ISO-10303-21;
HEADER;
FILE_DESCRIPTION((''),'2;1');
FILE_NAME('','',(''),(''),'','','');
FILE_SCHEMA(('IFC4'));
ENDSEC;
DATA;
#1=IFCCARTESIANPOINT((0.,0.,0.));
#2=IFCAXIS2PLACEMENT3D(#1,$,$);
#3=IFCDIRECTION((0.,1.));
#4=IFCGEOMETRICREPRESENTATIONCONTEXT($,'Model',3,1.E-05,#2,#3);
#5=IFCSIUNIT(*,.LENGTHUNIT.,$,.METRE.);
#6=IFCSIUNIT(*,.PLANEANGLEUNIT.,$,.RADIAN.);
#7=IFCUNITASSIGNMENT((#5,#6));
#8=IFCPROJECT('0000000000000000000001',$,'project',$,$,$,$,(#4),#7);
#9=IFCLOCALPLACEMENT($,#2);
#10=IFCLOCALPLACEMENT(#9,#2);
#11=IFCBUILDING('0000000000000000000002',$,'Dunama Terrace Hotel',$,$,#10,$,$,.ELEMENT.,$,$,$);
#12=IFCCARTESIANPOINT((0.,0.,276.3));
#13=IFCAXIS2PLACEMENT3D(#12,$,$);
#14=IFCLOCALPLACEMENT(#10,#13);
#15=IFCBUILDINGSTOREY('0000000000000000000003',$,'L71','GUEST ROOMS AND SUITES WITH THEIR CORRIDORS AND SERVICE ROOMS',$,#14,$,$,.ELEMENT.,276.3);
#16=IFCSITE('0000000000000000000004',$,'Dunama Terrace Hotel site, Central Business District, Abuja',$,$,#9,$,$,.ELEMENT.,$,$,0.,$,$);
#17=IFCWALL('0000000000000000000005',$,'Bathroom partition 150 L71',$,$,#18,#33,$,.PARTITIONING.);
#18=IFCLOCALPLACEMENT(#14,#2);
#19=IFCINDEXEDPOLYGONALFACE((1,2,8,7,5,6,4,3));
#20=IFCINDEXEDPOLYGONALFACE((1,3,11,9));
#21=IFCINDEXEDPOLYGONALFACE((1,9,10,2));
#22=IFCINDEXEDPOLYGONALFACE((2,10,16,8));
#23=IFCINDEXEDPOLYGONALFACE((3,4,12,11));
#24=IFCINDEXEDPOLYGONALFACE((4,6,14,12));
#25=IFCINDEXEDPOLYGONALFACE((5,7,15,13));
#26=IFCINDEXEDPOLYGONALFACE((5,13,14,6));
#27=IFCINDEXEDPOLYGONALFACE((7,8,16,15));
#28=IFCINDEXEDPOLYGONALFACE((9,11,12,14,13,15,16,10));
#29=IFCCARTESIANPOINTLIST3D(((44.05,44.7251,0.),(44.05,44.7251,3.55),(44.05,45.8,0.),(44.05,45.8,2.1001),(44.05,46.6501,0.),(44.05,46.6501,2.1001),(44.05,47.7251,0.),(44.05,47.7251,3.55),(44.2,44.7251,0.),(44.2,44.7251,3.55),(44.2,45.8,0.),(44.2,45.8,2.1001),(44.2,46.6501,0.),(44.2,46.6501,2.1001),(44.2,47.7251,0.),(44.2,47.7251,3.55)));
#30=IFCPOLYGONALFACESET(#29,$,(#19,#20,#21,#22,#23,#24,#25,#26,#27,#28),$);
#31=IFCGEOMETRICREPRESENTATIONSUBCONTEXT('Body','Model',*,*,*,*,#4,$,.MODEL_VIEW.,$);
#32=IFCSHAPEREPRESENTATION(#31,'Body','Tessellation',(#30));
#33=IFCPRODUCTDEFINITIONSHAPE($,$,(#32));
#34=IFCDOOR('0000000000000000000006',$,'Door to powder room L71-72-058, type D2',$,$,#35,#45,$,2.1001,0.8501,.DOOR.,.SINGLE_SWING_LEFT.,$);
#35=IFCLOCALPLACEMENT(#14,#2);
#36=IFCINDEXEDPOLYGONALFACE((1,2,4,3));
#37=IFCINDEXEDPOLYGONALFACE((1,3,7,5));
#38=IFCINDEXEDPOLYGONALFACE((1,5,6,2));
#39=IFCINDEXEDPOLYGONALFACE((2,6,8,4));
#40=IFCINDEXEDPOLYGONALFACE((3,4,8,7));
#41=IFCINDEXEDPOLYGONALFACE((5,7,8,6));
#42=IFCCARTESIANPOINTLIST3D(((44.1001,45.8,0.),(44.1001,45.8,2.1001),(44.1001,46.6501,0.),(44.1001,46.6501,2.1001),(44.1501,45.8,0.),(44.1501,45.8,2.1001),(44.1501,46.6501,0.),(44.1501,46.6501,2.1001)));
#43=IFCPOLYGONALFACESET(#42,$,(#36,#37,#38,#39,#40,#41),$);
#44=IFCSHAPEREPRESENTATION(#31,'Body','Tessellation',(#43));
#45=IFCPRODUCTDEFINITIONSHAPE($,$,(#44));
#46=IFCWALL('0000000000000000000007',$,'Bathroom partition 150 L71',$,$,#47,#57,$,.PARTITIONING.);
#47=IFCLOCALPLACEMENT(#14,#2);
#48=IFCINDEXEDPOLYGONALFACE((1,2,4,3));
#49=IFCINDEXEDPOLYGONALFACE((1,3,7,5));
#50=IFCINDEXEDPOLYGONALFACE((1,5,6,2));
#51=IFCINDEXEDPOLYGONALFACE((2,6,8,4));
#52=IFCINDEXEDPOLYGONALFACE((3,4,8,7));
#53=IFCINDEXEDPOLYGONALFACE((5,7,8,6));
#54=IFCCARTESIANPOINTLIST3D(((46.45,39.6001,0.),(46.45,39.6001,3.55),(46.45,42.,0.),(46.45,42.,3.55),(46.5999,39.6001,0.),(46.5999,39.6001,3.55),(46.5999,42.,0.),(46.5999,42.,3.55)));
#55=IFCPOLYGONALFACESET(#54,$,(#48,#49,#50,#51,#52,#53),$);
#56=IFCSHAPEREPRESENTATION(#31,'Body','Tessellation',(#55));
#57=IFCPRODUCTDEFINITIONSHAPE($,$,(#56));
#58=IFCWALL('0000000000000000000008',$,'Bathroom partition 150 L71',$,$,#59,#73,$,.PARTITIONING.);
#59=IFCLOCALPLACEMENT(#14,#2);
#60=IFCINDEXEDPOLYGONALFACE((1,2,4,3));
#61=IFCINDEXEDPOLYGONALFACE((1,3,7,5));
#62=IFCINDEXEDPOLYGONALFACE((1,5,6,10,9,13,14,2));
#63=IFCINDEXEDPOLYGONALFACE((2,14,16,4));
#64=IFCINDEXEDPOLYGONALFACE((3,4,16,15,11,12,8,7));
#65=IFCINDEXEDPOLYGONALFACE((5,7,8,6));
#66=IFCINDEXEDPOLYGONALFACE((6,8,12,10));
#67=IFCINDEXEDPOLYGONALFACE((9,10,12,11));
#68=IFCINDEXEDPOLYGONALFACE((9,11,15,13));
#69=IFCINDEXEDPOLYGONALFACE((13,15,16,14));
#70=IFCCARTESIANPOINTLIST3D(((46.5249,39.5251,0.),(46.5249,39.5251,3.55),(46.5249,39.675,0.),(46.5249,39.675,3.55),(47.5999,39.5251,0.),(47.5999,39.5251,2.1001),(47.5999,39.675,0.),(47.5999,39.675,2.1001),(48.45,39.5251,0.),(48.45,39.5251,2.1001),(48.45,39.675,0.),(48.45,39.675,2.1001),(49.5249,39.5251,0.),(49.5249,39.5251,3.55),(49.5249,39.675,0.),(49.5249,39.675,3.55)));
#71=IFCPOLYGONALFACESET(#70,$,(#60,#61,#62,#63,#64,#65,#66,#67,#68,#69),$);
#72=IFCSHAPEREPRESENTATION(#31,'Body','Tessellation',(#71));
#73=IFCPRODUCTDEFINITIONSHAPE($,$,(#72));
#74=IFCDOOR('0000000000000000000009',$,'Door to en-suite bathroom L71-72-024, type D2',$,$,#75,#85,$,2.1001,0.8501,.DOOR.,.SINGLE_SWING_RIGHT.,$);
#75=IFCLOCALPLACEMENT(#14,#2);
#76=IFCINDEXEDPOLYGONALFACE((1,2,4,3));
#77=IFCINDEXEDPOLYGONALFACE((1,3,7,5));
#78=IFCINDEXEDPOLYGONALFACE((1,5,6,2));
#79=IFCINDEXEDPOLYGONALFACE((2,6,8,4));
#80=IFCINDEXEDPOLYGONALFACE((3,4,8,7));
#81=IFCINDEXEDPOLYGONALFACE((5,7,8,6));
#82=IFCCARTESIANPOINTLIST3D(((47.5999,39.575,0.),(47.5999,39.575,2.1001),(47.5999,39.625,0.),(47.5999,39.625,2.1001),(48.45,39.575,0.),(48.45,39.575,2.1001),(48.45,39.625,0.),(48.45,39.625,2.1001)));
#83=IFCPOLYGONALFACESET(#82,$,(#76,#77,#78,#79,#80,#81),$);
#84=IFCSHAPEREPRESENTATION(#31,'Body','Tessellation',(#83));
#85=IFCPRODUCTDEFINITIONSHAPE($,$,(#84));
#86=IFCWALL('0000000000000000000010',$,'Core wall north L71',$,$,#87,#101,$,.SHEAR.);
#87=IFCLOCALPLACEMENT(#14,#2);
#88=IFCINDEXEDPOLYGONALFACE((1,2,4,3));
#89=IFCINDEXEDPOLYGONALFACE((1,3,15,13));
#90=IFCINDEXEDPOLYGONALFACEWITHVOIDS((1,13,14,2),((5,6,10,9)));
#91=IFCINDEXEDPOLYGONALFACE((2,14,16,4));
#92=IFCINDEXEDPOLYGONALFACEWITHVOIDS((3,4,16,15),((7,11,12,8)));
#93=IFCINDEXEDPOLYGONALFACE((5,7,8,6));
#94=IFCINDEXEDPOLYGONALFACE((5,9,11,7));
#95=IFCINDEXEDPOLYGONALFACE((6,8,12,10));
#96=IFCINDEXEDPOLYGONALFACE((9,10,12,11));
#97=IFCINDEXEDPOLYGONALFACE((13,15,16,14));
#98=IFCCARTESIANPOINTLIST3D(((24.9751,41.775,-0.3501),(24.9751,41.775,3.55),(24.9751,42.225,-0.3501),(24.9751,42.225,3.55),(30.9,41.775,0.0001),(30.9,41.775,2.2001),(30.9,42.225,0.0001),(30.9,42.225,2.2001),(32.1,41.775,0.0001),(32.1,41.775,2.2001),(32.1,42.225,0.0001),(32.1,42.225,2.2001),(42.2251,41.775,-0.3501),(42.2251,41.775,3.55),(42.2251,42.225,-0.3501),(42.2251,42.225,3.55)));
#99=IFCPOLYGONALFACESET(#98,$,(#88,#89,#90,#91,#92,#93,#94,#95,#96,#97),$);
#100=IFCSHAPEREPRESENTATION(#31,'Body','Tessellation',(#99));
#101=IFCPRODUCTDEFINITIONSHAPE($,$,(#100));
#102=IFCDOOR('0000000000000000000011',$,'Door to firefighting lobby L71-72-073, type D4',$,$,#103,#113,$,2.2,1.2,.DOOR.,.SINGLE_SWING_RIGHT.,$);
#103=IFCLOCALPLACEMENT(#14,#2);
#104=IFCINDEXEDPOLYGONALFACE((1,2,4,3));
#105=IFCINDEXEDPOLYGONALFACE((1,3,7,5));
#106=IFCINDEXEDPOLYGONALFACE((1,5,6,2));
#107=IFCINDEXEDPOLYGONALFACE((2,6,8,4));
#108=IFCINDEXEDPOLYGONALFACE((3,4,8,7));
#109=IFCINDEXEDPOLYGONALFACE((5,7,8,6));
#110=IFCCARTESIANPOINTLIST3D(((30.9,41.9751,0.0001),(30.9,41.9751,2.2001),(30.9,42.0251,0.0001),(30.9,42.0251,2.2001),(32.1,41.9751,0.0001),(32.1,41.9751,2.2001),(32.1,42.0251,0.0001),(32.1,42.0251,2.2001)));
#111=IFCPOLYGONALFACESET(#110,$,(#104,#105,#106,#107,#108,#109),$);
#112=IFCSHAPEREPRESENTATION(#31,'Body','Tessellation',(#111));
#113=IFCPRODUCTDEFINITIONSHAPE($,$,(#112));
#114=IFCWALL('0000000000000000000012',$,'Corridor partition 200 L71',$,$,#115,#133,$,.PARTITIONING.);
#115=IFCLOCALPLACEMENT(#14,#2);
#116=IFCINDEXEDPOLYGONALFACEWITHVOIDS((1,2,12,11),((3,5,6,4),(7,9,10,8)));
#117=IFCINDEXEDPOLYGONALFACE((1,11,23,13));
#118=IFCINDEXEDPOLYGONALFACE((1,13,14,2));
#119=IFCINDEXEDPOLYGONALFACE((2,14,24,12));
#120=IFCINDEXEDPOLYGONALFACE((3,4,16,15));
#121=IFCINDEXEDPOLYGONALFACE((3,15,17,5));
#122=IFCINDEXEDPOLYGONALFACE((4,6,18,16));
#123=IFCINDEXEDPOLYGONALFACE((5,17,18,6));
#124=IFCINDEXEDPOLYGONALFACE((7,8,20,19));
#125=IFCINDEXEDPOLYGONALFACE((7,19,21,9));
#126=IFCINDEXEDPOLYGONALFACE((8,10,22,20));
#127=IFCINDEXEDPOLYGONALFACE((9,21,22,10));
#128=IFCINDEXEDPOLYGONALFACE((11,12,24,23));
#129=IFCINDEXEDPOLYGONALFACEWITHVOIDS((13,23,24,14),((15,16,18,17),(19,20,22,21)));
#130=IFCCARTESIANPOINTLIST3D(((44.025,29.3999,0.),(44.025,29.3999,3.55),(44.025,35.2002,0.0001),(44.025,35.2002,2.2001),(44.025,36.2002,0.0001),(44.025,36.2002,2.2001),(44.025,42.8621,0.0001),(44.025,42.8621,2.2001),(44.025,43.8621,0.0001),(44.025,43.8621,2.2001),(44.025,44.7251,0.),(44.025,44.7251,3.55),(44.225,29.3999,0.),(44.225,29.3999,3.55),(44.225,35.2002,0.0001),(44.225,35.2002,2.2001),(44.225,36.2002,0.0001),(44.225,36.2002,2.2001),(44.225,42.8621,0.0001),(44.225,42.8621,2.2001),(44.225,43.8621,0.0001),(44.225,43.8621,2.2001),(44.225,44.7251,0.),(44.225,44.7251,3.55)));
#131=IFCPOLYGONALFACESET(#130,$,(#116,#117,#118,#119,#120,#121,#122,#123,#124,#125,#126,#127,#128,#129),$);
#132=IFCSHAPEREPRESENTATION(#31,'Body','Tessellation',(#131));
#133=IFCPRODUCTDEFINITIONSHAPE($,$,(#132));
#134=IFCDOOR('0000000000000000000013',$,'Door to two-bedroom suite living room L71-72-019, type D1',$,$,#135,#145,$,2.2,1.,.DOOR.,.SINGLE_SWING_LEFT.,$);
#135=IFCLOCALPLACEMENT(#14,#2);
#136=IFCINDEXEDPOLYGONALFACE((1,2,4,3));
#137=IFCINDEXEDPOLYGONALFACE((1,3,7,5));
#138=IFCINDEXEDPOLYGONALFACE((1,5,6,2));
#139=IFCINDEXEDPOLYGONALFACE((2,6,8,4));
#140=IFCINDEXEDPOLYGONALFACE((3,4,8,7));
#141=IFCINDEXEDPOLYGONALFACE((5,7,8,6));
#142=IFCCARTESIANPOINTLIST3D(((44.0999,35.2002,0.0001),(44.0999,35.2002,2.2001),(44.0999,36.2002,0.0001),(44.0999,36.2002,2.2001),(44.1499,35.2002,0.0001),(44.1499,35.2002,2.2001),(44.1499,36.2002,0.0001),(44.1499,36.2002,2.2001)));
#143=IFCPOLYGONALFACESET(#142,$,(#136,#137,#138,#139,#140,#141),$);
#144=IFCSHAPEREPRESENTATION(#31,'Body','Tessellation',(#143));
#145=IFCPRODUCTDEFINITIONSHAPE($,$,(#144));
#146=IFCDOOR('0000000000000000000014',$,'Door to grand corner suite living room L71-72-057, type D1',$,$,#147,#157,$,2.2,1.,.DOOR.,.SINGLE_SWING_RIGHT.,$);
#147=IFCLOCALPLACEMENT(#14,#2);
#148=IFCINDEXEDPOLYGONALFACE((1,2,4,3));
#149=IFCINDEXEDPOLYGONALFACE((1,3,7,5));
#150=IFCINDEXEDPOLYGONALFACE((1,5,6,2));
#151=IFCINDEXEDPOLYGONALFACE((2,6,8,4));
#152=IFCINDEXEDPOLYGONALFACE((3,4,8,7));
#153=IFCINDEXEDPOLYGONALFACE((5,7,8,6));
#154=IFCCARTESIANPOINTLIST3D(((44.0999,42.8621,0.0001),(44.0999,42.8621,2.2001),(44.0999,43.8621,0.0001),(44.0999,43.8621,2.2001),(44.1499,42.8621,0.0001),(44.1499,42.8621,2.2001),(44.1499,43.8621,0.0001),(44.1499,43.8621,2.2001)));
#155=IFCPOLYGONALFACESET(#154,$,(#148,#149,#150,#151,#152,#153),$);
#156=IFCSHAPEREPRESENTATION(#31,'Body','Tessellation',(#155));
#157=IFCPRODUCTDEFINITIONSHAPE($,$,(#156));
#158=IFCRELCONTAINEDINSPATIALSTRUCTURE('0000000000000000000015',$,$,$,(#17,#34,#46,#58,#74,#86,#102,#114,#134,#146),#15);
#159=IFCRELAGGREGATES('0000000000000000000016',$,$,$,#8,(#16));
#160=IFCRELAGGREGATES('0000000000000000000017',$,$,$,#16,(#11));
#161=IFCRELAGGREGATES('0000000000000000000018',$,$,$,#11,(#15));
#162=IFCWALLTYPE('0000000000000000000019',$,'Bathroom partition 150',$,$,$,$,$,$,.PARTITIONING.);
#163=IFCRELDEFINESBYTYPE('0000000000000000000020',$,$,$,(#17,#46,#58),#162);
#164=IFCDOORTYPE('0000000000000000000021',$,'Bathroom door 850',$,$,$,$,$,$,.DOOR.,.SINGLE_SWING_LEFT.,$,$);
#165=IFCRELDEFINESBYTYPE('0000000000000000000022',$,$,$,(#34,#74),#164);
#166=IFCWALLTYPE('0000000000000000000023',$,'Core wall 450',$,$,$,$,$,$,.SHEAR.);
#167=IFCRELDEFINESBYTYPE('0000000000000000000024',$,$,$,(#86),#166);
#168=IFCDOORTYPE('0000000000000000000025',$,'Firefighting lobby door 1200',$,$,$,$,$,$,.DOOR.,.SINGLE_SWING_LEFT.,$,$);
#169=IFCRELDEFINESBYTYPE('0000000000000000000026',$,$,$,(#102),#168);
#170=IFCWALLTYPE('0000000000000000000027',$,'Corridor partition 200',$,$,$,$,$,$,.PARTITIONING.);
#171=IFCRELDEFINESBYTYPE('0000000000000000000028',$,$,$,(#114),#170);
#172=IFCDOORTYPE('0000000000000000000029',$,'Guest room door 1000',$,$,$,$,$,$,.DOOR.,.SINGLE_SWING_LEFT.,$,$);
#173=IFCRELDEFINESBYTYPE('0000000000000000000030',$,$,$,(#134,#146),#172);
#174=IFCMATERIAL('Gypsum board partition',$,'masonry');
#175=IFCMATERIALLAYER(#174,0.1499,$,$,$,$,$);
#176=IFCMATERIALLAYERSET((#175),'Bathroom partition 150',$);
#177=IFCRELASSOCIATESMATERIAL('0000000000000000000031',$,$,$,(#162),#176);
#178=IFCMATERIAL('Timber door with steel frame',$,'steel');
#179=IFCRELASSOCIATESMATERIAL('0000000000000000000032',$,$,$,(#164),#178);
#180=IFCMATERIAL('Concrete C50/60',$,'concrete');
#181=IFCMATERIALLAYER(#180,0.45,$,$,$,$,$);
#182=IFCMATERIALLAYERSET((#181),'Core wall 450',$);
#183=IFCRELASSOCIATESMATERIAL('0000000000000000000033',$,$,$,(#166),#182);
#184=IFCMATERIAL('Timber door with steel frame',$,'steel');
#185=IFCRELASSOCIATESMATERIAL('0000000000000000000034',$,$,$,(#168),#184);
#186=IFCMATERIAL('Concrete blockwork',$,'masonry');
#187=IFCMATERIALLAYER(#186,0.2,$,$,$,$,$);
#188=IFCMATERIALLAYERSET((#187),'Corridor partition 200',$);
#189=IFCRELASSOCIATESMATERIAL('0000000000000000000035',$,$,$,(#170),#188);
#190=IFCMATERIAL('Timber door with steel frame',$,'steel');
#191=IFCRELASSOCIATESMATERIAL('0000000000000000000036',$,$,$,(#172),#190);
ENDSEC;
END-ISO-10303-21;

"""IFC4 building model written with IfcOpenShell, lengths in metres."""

from ifc_helpers import new_model, si_unit, direction, frame, frame_2d, origin, place, context, subcontext, project, spatial, rectangle, extrude, material, layer, layer_set, type_object, element, fill, save


model = new_model("IFC4")

# Units and contexts
model_context = context("Model", 3, precision=1e-05, world=origin(), true_north=direction((0.0, 1.0)))
body_context = subcontext(model_context, "Body", "Model", "MODEL_VIEW")
ifc_project = project(units=[si_unit("LENGTHUNIT", "METRE"), si_unit("PLANEANGLEUNIT", "RADIAN")], contexts=[model_context])

# Site, building, storey
site_placement = place(None, origin())
site = spatial("IfcSite", under=ifc_project, at=site_placement, Name="Dunama Terrace Hotel site, Central Business District, Abuja", CompositionType="ELEMENT", RefElevation=0.0)
building_placement = place(site_placement, origin())
building = spatial("IfcBuilding", under=site, at=building_placement, Name="Dunama Terrace Hotel", CompositionType="ELEMENT")
storey_placement = place(building_placement, frame((0.0, 0.0, 276.3)))
storey = spatial("IfcBuildingStorey", under=building, at=storey_placement, Name="L71", Description="GUEST ROOMS AND SUITES WITH THEIR CORRIDORS AND SERVICE ROOMS", CompositionType="ELEMENT", Elevation=276.3)

# Wall, opening, door
ifc_material_1 = material(Name="Gypsum board partition", Category="masonry")
ifc_layer_1 = layer(ifc_material_1, 0.1499)
ifc_layer_set_1 = layer_set([ifc_layer_1], Name="Bathroom partition 150")
wall_type_1 = type_object("IfcWallType", Name="Bathroom partition 150", PredefinedType="PARTITIONING", material=ifc_layer_set_1)
wall_1_placement = place(storey_placement, frame((44.125, 44.7251, 0.0), z_axis=(0.0, 0.0, 1.0), x_axis=(0.0, 1.0, 0.0)))
wall_1 = element("IfcWall", 1, at=wall_1_placement, inside=storey, type_object=wall_type_1, Name="Bathroom partition 150 L71", PredefinedType="PARTITIONING", context=body_context, shape_type="SweptSolid", body=[
    extrude(rectangle(XDim=3.0, YDim=0.1499, at=frame_2d((1.5, 0.0))), origin(), (0.0, 0.0, 1.0), 3.55),
])
opening_1_placement = place(wall_1_placement, frame((1.075, 0.0, 0.0)))
opening_1 = element("IfcOpeningElement", 2, at=opening_1_placement, cuts=wall_1, PredefinedType="OPENING", context=body_context, shape_type="SweptSolid", body=[
    extrude(rectangle(XDim=0.8501, YDim=2.1001, at=frame_2d((0.425, 1.05))), frame((0.0, 0.085, 0.0), z_axis=(0.0, -1.0, 0.0), x_axis=(1.0, 0.0, 0.0)), (0.0, 0.0, 1.0), 0.1699),
])
ifc_material_2 = material(Name="Timber door with steel frame", Category="steel")
door_type_1 = type_object("IfcDoorType", Name="Bathroom door 850", OperationType="SINGLE_SWING_LEFT", PredefinedType="DOOR", material=ifc_material_2)
door_1_placement = place(opening_1_placement, origin())
door_1 = element("IfcDoor", 3, at=door_1_placement, inside=storey, type_object=door_type_1, Name="Door to powder room L71-72-058, type D2", OperationType="SINGLE_SWING_LEFT", OverallHeight=2.1001, OverallWidth=0.8501, PredefinedType="DOOR", context=body_context, shape_type="SweptSolid", body=[
    extrude(rectangle(XDim=0.8501, YDim=2.1001, at=frame_2d((0.425, 1.05))), frame((0.0, 0.0249, 0.0), z_axis=(0.0, -1.0, 0.0), x_axis=(1.0, 0.0, 0.0)), (0.0, 0.0, 1.0), 0.05),
])
fill(opening_1, door_1)

# Wall
wall_2_placement = place(storey_placement, frame((46.5249, 39.6001, 0.0), z_axis=(0.0, 0.0, 1.0), x_axis=(0.0, 1.0, 0.0)))
element("IfcWall", 4, at=wall_2_placement, inside=storey, type_object=wall_type_1, Name="Bathroom partition 150 L71", PredefinedType="PARTITIONING", context=body_context, shape_type="SweptSolid", body=[
    extrude(rectangle(XDim=2.3999, YDim=0.1499, at=frame_2d((1.2, 0.0))), origin(), (0.0, 0.0, 1.0), 3.55),
])

# Walls, openings, doors
wall_3_placement = place(storey_placement, frame((46.5249, 39.6001, 0.0), z_axis=(0.0, 0.0, 1.0), x_axis=(1.0, 0.0, 0.0)))
wall_3 = element("IfcWall", 5, at=wall_3_placement, inside=storey, type_object=wall_type_1, Name="Bathroom partition 150 L71", PredefinedType="PARTITIONING", context=body_context, shape_type="SweptSolid", body=[
    extrude(rectangle(XDim=3.0, YDim=0.1499, at=frame_2d((1.5, 0.0))), origin(), (0.0, 0.0, 1.0), 3.55),
])
opening_2_placement = place(wall_3_placement, frame((1.075, 0.0, 0.0)))
opening_2 = element("IfcOpeningElement", 6, at=opening_2_placement, cuts=wall_3, PredefinedType="OPENING", context=body_context, shape_type="SweptSolid", body=[
    extrude(rectangle(XDim=0.8501, YDim=2.1001, at=frame_2d((0.425, 1.05))), frame((0.0, 0.085, 0.0), z_axis=(0.0, -1.0, 0.0), x_axis=(1.0, 0.0, 0.0)), (0.0, 0.0, 1.0), 0.1699),
])
door_2_placement = place(opening_2_placement, origin())
door_2 = element("IfcDoor", 7, at=door_2_placement, inside=storey, type_object=door_type_1, Name="Door to en-suite bathroom L71-72-024, type D2", OperationType="SINGLE_SWING_RIGHT", OverallHeight=2.1001, OverallWidth=0.8501, PredefinedType="DOOR", context=body_context, shape_type="SweptSolid", body=[
    extrude(rectangle(XDim=0.8501, YDim=2.1001, at=frame_2d((0.425, 1.05))), frame((0.0, 0.0249, 0.0), z_axis=(0.0, -1.0, 0.0), x_axis=(1.0, 0.0, 0.0)), (0.0, 0.0, 1.0), 0.05),
])
fill(opening_2, door_2)
ifc_material_3 = material(Name="Concrete C50/60", Category="concrete")
ifc_layer_2 = layer(ifc_material_3, 0.45)
ifc_layer_set_2 = layer_set([ifc_layer_2], Name="Core wall 450")
wall_type_2 = type_object("IfcWallType", Name="Core wall 450", PredefinedType="SHEAR", material=ifc_layer_set_2)
wall_4_placement = place(storey_placement, frame((42.2251, 42.0, -0.3501), z_axis=(0.0, 0.0, 1.0), x_axis=(-1.0, 0.0, 0.0)))
wall_4 = element("IfcWall", 8, at=wall_4_placement, inside=storey, type_object=wall_type_2, Name="Core wall north L71", PredefinedType="SHEAR", context=body_context, shape_type="SweptSolid", body=[
    extrude(rectangle(XDim=17.25, YDim=0.45, at=frame_2d((8.625, 0.0))), origin(), (0.0, 0.0, 1.0), 3.9001),
])
opening_3_placement = place(wall_4_placement, frame((10.125, 0.0, 0.3501)))
opening_3 = element("IfcOpeningElement", 9, at=opening_3_placement, cuts=wall_4, PredefinedType="OPENING", context=body_context, shape_type="SweptSolid", body=[
    extrude(rectangle(XDim=1.2, YDim=2.2, at=frame_2d((0.6001, 1.1001))), frame((0.0, 0.2349, 0.0), z_axis=(0.0, -1.0, 0.0), x_axis=(1.0, 0.0, 0.0)), (0.0, 0.0, 1.0), 0.47),
])
ifc_material_4 = material(Name="Timber door with steel frame", Category="steel")
door_type_2 = type_object("IfcDoorType", Name="Firefighting lobby door 1200", OperationType="SINGLE_SWING_LEFT", PredefinedType="DOOR", material=ifc_material_4)
door_3_placement = place(opening_3_placement, origin())
door_3 = element("IfcDoor", 10, at=door_3_placement, inside=storey, type_object=door_type_2, Name="Door to firefighting lobby L71-72-073, type D4", OperationType="SINGLE_SWING_RIGHT", OverallHeight=2.2, OverallWidth=1.2, PredefinedType="DOOR", context=body_context, shape_type="SweptSolid", body=[
    extrude(rectangle(XDim=1.2, YDim=2.2, at=frame_2d((0.6001, 1.1001))), frame((0.0, 0.0249, 0.0), z_axis=(0.0, -1.0, 0.0), x_axis=(1.0, 0.0, 0.0)), (0.0, 0.0, 1.0), 0.05),
])
fill(opening_3, door_3)

# Wall, openings, doors
ifc_material_5 = material(Name="Concrete blockwork", Category="masonry")
ifc_layer_3 = layer(ifc_material_5, 0.2)
ifc_layer_set_3 = layer_set([ifc_layer_3], Name="Corridor partition 200")
wall_type_3 = type_object("IfcWallType", Name="Corridor partition 200", PredefinedType="PARTITIONING", material=ifc_layer_set_3)
wall_5_placement = place(storey_placement, frame((44.125, 44.7251, 0.0), z_axis=(0.0, 0.0, 1.0), x_axis=(0.0, -1.0, 0.0)))
wall_5 = element("IfcWall", 11, at=wall_5_placement, inside=storey, type_object=wall_type_3, Name="Corridor partition 200 L71", PredefinedType="PARTITIONING", context=body_context, shape_type="SweptSolid", body=[
    extrude(rectangle(XDim=15.3252, YDim=0.2, at=frame_2d((7.6626, 0.0))), origin(), (0.0, 0.0, 1.0), 3.55),
])
opening_4_placement = place(wall_5_placement, frame((8.5249, 0.0, 0.0)))
opening_4 = element("IfcOpeningElement", 12, at=opening_4_placement, cuts=wall_5, PredefinedType="OPENING", context=body_context, shape_type="SweptSolid", body=[
    extrude(rectangle(XDim=1.0, YDim=2.2, at=frame_2d((0.5, 1.1001))), frame((0.0, 0.1099, 0.0), z_axis=(0.0, -1.0, 0.0), x_axis=(1.0, 0.0, 0.0)), (0.0, 0.0, 1.0), 0.22),
])
opening_5_placement = place(wall_5_placement, frame((0.863, 0.0, 0.0)))
opening_5 = element("IfcOpeningElement", 13, at=opening_5_placement, cuts=wall_5, PredefinedType="OPENING", context=body_context, shape_type="SweptSolid", body=[
    extrude(rectangle(XDim=1.0, YDim=2.2, at=frame_2d((0.5, 1.1001))), frame((0.0, 0.1099, 0.0), z_axis=(0.0, -1.0, 0.0), x_axis=(1.0, 0.0, 0.0)), (0.0, 0.0, 1.0), 0.22),
])
ifc_material_6 = material(Name="Timber door with steel frame", Category="steel")
door_type_3 = type_object("IfcDoorType", Name="Guest room door 1000", OperationType="SINGLE_SWING_LEFT", PredefinedType="DOOR", material=ifc_material_6)
door_4_placement = place(opening_4_placement, origin())
door_4 = element("IfcDoor", 14, at=door_4_placement, inside=storey, type_object=door_type_3, Name="Door to two-bedroom suite living room L71-72-019, type D1", OperationType="SINGLE_SWING_LEFT", OverallHeight=2.2, OverallWidth=1.0, PredefinedType="DOOR", context=body_context, shape_type="SweptSolid", body=[
    extrude(rectangle(XDim=1.0, YDim=2.2, at=frame_2d((0.5, 1.1001))), frame((0.0, 0.0249, 0.0), z_axis=(0.0, -1.0, 0.0), x_axis=(1.0, 0.0, 0.0)), (0.0, 0.0, 1.0), 0.05),
])
fill(opening_4, door_4)
door_5_placement = place(opening_5_placement, origin())
door_5 = element("IfcDoor", 15, at=door_5_placement, inside=storey, type_object=door_type_3, Name="Door to grand corner suite living room L71-72-057, type D1", OperationType="SINGLE_SWING_RIGHT", OverallHeight=2.2, OverallWidth=1.0, PredefinedType="DOOR", context=body_context, shape_type="SweptSolid", body=[
    extrude(rectangle(XDim=1.0, YDim=2.2, at=frame_2d((0.5, 1.1001))), frame((0.0, 0.0249, 0.0), z_axis=(0.0, -1.0, 0.0), x_axis=(1.0, 0.0, 0.0)), (0.0, 0.0, 1.0), 0.05),
])
fill(opening_5, door_5)

save(model, "model.ifc")
